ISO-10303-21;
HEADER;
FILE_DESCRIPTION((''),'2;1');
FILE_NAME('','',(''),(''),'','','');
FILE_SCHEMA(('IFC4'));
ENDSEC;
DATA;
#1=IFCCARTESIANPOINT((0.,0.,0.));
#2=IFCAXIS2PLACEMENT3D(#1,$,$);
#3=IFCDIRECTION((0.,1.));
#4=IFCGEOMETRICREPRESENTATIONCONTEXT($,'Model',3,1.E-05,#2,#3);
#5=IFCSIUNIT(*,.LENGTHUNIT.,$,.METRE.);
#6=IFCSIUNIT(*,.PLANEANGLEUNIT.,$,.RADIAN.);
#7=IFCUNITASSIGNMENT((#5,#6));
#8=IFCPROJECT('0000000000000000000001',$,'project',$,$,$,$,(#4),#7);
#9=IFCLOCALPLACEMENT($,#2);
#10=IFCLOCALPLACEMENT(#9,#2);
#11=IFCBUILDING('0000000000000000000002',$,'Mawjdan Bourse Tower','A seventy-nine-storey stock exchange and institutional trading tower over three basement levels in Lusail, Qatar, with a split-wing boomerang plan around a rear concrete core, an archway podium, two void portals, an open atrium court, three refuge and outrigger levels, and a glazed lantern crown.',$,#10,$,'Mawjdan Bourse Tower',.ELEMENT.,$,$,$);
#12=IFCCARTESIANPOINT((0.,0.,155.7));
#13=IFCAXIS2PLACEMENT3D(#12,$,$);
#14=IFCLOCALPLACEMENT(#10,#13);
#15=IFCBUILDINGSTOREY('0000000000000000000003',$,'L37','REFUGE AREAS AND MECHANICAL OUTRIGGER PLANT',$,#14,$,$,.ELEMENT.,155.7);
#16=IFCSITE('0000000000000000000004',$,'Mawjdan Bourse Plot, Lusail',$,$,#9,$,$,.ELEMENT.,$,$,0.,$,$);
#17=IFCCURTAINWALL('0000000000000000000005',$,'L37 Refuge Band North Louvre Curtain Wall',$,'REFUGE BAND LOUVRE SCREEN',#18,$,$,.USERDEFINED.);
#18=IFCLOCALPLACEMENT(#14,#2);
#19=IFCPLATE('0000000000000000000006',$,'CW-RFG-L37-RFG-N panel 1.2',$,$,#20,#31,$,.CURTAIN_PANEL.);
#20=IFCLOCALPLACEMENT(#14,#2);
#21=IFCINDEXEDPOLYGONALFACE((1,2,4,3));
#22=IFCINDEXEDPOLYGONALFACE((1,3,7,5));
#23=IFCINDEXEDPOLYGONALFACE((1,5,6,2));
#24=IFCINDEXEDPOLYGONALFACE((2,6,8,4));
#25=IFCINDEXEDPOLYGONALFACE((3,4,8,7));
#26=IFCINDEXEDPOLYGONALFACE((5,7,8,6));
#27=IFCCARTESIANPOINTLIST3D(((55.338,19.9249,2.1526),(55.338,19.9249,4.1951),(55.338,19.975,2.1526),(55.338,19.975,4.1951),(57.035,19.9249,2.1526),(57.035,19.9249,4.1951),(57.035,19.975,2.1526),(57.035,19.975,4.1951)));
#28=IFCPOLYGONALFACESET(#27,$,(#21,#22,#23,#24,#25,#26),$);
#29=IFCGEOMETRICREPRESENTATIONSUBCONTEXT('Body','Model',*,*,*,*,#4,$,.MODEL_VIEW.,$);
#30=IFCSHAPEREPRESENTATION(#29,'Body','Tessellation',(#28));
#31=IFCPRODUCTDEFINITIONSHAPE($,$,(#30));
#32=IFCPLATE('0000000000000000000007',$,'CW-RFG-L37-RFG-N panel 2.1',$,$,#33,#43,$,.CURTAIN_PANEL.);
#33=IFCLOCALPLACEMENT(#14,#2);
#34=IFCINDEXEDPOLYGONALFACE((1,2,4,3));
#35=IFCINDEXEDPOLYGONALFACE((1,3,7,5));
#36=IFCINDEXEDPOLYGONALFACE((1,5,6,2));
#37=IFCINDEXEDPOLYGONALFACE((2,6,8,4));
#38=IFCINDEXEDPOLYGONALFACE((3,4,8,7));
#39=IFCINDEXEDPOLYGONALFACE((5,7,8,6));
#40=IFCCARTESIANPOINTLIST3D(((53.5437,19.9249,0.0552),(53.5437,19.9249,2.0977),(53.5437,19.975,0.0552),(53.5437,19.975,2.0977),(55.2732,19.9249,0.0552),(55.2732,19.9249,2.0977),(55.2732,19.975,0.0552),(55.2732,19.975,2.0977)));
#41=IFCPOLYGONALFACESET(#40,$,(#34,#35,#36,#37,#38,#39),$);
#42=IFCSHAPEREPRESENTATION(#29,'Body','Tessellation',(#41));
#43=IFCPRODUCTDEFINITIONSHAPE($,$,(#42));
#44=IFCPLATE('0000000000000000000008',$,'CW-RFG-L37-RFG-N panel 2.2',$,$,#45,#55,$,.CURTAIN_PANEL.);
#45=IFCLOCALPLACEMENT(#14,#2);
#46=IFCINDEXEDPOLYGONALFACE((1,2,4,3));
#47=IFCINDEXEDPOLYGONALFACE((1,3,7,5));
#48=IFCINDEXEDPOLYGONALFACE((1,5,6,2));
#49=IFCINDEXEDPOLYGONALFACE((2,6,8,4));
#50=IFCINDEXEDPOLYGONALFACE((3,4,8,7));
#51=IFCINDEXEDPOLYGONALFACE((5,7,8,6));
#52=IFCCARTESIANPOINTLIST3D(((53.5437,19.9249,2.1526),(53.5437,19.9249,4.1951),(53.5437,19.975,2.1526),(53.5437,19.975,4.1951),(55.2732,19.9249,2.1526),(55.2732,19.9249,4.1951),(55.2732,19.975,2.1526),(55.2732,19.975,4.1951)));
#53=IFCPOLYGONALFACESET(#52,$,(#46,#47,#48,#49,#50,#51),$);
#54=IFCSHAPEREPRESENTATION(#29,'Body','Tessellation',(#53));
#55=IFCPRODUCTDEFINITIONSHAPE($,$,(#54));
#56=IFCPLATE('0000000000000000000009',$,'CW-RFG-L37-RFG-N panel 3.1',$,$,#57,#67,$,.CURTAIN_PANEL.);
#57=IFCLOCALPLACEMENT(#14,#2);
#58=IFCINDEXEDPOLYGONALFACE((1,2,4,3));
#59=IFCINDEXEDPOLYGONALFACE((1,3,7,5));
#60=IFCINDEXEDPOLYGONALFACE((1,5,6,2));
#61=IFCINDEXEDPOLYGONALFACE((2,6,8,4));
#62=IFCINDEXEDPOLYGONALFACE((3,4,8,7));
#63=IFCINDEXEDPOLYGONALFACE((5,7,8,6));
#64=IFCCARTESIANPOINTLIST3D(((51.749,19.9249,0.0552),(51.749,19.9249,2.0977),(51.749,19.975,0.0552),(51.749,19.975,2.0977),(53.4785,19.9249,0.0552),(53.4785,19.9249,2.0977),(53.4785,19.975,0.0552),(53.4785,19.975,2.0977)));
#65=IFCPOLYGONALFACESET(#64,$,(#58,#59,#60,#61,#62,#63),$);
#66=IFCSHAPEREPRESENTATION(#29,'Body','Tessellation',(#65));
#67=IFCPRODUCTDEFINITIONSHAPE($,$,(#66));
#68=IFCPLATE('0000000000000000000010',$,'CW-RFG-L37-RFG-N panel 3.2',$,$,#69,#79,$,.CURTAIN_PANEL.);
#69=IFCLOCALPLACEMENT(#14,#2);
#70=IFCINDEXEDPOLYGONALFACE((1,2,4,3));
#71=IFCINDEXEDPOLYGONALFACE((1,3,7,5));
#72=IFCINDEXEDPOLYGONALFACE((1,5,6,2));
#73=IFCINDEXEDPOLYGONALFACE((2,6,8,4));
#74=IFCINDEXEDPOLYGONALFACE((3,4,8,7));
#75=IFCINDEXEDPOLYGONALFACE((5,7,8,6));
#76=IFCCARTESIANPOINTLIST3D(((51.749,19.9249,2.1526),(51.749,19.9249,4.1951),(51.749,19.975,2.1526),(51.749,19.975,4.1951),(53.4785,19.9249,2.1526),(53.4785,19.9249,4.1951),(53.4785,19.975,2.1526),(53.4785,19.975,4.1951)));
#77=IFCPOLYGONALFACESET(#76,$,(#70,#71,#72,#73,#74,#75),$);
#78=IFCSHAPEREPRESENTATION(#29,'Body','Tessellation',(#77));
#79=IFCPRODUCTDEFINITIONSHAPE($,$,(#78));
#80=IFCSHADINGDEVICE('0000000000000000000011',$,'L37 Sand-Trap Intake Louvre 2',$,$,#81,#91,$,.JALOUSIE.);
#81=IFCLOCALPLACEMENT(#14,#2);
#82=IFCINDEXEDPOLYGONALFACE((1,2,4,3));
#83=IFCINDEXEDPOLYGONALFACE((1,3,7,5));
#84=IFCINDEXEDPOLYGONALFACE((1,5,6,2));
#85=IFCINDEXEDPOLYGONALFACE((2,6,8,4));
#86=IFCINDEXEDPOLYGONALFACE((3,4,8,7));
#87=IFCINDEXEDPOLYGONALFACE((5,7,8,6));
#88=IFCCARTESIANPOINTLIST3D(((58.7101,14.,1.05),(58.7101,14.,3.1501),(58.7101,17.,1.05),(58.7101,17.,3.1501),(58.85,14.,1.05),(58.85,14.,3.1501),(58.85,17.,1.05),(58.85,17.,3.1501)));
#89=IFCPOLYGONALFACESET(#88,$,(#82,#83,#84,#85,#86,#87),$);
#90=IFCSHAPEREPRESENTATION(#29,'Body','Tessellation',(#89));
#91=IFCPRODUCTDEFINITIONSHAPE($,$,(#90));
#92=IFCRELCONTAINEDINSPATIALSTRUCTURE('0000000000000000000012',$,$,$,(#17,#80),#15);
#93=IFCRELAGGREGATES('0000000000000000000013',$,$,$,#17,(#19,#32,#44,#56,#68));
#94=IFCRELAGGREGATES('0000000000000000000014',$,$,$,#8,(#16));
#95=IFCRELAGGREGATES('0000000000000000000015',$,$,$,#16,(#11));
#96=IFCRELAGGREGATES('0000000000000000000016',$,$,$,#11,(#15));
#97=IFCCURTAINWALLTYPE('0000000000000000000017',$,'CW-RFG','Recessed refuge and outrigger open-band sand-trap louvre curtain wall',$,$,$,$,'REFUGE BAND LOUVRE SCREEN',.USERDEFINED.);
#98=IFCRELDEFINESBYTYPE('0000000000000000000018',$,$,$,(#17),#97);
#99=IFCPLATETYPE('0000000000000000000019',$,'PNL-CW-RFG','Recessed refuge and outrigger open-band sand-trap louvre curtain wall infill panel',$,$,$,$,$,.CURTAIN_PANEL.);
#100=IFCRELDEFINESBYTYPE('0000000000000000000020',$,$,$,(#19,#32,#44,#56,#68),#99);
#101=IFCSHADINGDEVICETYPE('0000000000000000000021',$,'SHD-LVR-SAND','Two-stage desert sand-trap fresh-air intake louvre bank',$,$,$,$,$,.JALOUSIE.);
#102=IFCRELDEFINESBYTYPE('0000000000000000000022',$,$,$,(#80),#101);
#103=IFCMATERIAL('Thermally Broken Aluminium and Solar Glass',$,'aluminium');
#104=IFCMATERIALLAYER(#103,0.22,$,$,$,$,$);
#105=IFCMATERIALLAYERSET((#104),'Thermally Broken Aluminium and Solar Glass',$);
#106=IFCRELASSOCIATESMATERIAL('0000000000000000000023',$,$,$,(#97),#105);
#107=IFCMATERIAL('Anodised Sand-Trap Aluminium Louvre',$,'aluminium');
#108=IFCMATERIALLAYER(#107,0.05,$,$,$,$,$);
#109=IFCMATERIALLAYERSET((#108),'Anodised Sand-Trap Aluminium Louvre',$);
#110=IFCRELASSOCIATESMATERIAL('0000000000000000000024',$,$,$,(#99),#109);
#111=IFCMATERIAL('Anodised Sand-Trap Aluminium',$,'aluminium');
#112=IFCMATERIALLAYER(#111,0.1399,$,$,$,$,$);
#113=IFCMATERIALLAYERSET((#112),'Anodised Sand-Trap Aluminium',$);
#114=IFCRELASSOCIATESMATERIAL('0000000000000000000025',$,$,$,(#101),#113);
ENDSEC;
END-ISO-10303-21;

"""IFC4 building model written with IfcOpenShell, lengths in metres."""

from ifc_helpers import new_model, si_unit, direction, frame, origin, origin_2d, place, context, subcontext, project, spatial, rectangle, extrude, material, layer, layer_set, type_object, element, aggregate, save


model = new_model("IFC4")

# Units and contexts
model_context = context("Model", 3, precision=1e-05, world=origin(), true_north=direction((0.0, 1.0)))
body_context = subcontext(model_context, "Body", "Model", "MODEL_VIEW")
ifc_project = project(units=[si_unit("LENGTHUNIT", "METRE"), si_unit("PLANEANGLEUNIT", "RADIAN")], contexts=[model_context])

# Site, building, storey
site_placement = place(None, origin())
site = spatial("IfcSite", under=ifc_project, at=site_placement, Name="Mawjdan Bourse Plot, Lusail", CompositionType="ELEMENT", RefElevation=0.0)
building_placement = place(site_placement, origin())
building = spatial("IfcBuilding", under=site, at=building_placement, Name="Mawjdan Bourse Tower", Description="A seventy-nine-storey stock exchange and institutional trading tower over three basement levels in Lusail, Qatar, with a split-wing boomerang plan around a rear concrete core, an archway podium, two void portals, an open atrium court, three refuge and outrigger levels, and a glazed lantern crown.", LongName="Mawjdan Bourse Tower", CompositionType="ELEMENT")
storey_placement = place(building_placement, frame((0.0, 0.0, 155.7)))
storey = spatial("IfcBuildingStorey", under=building, at=storey_placement, Name="L37", Description="REFUGE AREAS AND MECHANICAL OUTRIGGER PLANT", CompositionType="ELEMENT", Elevation=155.7)

# Curtain wall
ifc_material_1 = material(Name="Thermally Broken Aluminium and Solar Glass", Category="aluminium")
ifc_layer_1 = layer(ifc_material_1, 0.22)
ifc_layer_set_1 = layer_set([ifc_layer_1], Name="Thermally Broken Aluminium and Solar Glass")
curtain_wall_type = type_object("IfcCurtainWallType", Name="CW-RFG", Description="Recessed refuge and outrigger open-band sand-trap louvre curtain wall", ElementType="REFUGE BAND LOUVRE SCREEN", PredefinedType="USERDEFINED", material=ifc_layer_set_1)
curtain_wall_placement = place(storey_placement, origin())
curtain_wall = element("IfcCurtainWall", 1, at=curtain_wall_placement, inside=storey, type_object=curtain_wall_type, Name="L37 Refuge Band North Louvre Curtain Wall", ObjectType="REFUGE BAND LOUVRE SCREEN", PredefinedType="USERDEFINED")

# Plates
ifc_material_2 = material(Name="Anodised Sand-Trap Aluminium Louvre", Category="aluminium")
ifc_layer_2 = layer(ifc_material_2, 0.05)
ifc_layer_set_2 = layer_set([ifc_layer_2], Name="Anodised Sand-Trap Aluminium Louvre")
plate_type = type_object("IfcPlateType", Name="PNL-CW-RFG", Description="Recessed refuge and outrigger open-band sand-trap louvre curtain wall infill panel", PredefinedType="CURTAIN_PANEL", material=ifc_layer_set_2)
plate_1_placement = place(storey_placement, frame((56.1865, 19.95, 2.1526), z_axis=(0.0, 0.0, 1.0), x_axis=(-1.0, 0.0, 0.0)))
plate_1 = element("IfcPlate", 2, at=plate_1_placement, type_object=plate_type, Name="CW-RFG-L37-RFG-N panel 1.2", PredefinedType="CURTAIN_PANEL", context=body_context, shape_type="SweptSolid", body=[
    extrude(rectangle(XDim=1.697, YDim=0.05, at=origin_2d()), origin(), (0.0, 0.0, 1.0), 2.0425),
])
plate_2_placement = place(storey_placement, frame((54.4084, 19.95, 0.0552), z_axis=(0.0, 0.0, 1.0), x_axis=(-1.0, 0.0, 0.0)))
plate_2 = element("IfcPlate", 3, at=plate_2_placement, type_object=plate_type, Name="CW-RFG-L37-RFG-N panel 2.1", PredefinedType="CURTAIN_PANEL", context=body_context, shape_type="SweptSolid", body=[
    extrude(rectangle(XDim=1.7295, YDim=0.05, at=origin_2d()), origin(), (0.0, 0.0, 1.0), 2.0425),
])
plate_3_placement = place(storey_placement, frame((54.4084, 19.95, 2.1526), z_axis=(0.0, 0.0, 1.0), x_axis=(-1.0, 0.0, 0.0)))
plate_3 = element("IfcPlate", 4, at=plate_3_placement, type_object=plate_type, Name="CW-RFG-L37-RFG-N panel 2.2", PredefinedType="CURTAIN_PANEL", context=body_context, shape_type="SweptSolid", body=[
    extrude(rectangle(XDim=1.7295, YDim=0.05, at=origin_2d()), origin(), (0.0, 0.0, 1.0), 2.0425),
])
plate_4_placement = place(storey_placement, frame((52.6138, 19.95, 0.0552), z_axis=(0.0, 0.0, 1.0), x_axis=(-1.0, 0.0, 0.0)))
plate_4 = element("IfcPlate", 5, at=plate_4_placement, type_object=plate_type, Name="CW-RFG-L37-RFG-N panel 3.1", PredefinedType="CURTAIN_PANEL", context=body_context, shape_type="SweptSolid", body=[
    extrude(rectangle(XDim=1.7295, YDim=0.05, at=origin_2d()), origin(), (0.0, 0.0, 1.0), 2.0425),
])
plate_5_placement = place(storey_placement, frame((52.6138, 19.95, 2.1526), z_axis=(0.0, 0.0, 1.0), x_axis=(-1.0, 0.0, 0.0)))
plate_5 = element("IfcPlate", 6, at=plate_5_placement, type_object=plate_type, Name="CW-RFG-L37-RFG-N panel 3.2", PredefinedType="CURTAIN_PANEL", context=body_context, shape_type="SweptSolid", body=[
    extrude(rectangle(XDim=1.7295, YDim=0.05, at=origin_2d()), origin(), (0.0, 0.0, 1.0), 2.0425),
])
aggregate(curtain_wall, [plate_1, plate_2, plate_3, plate_4, plate_5])

# Shading device
ifc_material_3 = material(Name="Anodised Sand-Trap Aluminium", Category="aluminium")
ifc_layer_3 = layer(ifc_material_3, 0.1399)
ifc_layer_set_3 = layer_set([ifc_layer_3], Name="Anodised Sand-Trap Aluminium")
shading_device_type = type_object("IfcShadingDeviceType", Name="SHD-LVR-SAND", Description="Two-stage desert sand-trap fresh-air intake louvre bank", PredefinedType="JALOUSIE", material=ifc_layer_set_3)
shading_device_placement = place(storey_placement, frame((58.78, 15.5, 1.05), z_axis=(0.0, 0.0, 1.0), x_axis=(1.0, 0.0, 0.0)))
element("IfcShadingDevice", 7, at=shading_device_placement, inside=storey, type_object=shading_device_type, Name="L37 Sand-Trap Intake Louvre 2", PredefinedType="JALOUSIE", context=body_context, shape_type="SweptSolid", body=[
    extrude(rectangle(XDim=0.1399, YDim=3.0, at=origin_2d()), origin(), (0.0, 0.0, 1.0), 2.1001),
])

save(model, "model.ifc")
